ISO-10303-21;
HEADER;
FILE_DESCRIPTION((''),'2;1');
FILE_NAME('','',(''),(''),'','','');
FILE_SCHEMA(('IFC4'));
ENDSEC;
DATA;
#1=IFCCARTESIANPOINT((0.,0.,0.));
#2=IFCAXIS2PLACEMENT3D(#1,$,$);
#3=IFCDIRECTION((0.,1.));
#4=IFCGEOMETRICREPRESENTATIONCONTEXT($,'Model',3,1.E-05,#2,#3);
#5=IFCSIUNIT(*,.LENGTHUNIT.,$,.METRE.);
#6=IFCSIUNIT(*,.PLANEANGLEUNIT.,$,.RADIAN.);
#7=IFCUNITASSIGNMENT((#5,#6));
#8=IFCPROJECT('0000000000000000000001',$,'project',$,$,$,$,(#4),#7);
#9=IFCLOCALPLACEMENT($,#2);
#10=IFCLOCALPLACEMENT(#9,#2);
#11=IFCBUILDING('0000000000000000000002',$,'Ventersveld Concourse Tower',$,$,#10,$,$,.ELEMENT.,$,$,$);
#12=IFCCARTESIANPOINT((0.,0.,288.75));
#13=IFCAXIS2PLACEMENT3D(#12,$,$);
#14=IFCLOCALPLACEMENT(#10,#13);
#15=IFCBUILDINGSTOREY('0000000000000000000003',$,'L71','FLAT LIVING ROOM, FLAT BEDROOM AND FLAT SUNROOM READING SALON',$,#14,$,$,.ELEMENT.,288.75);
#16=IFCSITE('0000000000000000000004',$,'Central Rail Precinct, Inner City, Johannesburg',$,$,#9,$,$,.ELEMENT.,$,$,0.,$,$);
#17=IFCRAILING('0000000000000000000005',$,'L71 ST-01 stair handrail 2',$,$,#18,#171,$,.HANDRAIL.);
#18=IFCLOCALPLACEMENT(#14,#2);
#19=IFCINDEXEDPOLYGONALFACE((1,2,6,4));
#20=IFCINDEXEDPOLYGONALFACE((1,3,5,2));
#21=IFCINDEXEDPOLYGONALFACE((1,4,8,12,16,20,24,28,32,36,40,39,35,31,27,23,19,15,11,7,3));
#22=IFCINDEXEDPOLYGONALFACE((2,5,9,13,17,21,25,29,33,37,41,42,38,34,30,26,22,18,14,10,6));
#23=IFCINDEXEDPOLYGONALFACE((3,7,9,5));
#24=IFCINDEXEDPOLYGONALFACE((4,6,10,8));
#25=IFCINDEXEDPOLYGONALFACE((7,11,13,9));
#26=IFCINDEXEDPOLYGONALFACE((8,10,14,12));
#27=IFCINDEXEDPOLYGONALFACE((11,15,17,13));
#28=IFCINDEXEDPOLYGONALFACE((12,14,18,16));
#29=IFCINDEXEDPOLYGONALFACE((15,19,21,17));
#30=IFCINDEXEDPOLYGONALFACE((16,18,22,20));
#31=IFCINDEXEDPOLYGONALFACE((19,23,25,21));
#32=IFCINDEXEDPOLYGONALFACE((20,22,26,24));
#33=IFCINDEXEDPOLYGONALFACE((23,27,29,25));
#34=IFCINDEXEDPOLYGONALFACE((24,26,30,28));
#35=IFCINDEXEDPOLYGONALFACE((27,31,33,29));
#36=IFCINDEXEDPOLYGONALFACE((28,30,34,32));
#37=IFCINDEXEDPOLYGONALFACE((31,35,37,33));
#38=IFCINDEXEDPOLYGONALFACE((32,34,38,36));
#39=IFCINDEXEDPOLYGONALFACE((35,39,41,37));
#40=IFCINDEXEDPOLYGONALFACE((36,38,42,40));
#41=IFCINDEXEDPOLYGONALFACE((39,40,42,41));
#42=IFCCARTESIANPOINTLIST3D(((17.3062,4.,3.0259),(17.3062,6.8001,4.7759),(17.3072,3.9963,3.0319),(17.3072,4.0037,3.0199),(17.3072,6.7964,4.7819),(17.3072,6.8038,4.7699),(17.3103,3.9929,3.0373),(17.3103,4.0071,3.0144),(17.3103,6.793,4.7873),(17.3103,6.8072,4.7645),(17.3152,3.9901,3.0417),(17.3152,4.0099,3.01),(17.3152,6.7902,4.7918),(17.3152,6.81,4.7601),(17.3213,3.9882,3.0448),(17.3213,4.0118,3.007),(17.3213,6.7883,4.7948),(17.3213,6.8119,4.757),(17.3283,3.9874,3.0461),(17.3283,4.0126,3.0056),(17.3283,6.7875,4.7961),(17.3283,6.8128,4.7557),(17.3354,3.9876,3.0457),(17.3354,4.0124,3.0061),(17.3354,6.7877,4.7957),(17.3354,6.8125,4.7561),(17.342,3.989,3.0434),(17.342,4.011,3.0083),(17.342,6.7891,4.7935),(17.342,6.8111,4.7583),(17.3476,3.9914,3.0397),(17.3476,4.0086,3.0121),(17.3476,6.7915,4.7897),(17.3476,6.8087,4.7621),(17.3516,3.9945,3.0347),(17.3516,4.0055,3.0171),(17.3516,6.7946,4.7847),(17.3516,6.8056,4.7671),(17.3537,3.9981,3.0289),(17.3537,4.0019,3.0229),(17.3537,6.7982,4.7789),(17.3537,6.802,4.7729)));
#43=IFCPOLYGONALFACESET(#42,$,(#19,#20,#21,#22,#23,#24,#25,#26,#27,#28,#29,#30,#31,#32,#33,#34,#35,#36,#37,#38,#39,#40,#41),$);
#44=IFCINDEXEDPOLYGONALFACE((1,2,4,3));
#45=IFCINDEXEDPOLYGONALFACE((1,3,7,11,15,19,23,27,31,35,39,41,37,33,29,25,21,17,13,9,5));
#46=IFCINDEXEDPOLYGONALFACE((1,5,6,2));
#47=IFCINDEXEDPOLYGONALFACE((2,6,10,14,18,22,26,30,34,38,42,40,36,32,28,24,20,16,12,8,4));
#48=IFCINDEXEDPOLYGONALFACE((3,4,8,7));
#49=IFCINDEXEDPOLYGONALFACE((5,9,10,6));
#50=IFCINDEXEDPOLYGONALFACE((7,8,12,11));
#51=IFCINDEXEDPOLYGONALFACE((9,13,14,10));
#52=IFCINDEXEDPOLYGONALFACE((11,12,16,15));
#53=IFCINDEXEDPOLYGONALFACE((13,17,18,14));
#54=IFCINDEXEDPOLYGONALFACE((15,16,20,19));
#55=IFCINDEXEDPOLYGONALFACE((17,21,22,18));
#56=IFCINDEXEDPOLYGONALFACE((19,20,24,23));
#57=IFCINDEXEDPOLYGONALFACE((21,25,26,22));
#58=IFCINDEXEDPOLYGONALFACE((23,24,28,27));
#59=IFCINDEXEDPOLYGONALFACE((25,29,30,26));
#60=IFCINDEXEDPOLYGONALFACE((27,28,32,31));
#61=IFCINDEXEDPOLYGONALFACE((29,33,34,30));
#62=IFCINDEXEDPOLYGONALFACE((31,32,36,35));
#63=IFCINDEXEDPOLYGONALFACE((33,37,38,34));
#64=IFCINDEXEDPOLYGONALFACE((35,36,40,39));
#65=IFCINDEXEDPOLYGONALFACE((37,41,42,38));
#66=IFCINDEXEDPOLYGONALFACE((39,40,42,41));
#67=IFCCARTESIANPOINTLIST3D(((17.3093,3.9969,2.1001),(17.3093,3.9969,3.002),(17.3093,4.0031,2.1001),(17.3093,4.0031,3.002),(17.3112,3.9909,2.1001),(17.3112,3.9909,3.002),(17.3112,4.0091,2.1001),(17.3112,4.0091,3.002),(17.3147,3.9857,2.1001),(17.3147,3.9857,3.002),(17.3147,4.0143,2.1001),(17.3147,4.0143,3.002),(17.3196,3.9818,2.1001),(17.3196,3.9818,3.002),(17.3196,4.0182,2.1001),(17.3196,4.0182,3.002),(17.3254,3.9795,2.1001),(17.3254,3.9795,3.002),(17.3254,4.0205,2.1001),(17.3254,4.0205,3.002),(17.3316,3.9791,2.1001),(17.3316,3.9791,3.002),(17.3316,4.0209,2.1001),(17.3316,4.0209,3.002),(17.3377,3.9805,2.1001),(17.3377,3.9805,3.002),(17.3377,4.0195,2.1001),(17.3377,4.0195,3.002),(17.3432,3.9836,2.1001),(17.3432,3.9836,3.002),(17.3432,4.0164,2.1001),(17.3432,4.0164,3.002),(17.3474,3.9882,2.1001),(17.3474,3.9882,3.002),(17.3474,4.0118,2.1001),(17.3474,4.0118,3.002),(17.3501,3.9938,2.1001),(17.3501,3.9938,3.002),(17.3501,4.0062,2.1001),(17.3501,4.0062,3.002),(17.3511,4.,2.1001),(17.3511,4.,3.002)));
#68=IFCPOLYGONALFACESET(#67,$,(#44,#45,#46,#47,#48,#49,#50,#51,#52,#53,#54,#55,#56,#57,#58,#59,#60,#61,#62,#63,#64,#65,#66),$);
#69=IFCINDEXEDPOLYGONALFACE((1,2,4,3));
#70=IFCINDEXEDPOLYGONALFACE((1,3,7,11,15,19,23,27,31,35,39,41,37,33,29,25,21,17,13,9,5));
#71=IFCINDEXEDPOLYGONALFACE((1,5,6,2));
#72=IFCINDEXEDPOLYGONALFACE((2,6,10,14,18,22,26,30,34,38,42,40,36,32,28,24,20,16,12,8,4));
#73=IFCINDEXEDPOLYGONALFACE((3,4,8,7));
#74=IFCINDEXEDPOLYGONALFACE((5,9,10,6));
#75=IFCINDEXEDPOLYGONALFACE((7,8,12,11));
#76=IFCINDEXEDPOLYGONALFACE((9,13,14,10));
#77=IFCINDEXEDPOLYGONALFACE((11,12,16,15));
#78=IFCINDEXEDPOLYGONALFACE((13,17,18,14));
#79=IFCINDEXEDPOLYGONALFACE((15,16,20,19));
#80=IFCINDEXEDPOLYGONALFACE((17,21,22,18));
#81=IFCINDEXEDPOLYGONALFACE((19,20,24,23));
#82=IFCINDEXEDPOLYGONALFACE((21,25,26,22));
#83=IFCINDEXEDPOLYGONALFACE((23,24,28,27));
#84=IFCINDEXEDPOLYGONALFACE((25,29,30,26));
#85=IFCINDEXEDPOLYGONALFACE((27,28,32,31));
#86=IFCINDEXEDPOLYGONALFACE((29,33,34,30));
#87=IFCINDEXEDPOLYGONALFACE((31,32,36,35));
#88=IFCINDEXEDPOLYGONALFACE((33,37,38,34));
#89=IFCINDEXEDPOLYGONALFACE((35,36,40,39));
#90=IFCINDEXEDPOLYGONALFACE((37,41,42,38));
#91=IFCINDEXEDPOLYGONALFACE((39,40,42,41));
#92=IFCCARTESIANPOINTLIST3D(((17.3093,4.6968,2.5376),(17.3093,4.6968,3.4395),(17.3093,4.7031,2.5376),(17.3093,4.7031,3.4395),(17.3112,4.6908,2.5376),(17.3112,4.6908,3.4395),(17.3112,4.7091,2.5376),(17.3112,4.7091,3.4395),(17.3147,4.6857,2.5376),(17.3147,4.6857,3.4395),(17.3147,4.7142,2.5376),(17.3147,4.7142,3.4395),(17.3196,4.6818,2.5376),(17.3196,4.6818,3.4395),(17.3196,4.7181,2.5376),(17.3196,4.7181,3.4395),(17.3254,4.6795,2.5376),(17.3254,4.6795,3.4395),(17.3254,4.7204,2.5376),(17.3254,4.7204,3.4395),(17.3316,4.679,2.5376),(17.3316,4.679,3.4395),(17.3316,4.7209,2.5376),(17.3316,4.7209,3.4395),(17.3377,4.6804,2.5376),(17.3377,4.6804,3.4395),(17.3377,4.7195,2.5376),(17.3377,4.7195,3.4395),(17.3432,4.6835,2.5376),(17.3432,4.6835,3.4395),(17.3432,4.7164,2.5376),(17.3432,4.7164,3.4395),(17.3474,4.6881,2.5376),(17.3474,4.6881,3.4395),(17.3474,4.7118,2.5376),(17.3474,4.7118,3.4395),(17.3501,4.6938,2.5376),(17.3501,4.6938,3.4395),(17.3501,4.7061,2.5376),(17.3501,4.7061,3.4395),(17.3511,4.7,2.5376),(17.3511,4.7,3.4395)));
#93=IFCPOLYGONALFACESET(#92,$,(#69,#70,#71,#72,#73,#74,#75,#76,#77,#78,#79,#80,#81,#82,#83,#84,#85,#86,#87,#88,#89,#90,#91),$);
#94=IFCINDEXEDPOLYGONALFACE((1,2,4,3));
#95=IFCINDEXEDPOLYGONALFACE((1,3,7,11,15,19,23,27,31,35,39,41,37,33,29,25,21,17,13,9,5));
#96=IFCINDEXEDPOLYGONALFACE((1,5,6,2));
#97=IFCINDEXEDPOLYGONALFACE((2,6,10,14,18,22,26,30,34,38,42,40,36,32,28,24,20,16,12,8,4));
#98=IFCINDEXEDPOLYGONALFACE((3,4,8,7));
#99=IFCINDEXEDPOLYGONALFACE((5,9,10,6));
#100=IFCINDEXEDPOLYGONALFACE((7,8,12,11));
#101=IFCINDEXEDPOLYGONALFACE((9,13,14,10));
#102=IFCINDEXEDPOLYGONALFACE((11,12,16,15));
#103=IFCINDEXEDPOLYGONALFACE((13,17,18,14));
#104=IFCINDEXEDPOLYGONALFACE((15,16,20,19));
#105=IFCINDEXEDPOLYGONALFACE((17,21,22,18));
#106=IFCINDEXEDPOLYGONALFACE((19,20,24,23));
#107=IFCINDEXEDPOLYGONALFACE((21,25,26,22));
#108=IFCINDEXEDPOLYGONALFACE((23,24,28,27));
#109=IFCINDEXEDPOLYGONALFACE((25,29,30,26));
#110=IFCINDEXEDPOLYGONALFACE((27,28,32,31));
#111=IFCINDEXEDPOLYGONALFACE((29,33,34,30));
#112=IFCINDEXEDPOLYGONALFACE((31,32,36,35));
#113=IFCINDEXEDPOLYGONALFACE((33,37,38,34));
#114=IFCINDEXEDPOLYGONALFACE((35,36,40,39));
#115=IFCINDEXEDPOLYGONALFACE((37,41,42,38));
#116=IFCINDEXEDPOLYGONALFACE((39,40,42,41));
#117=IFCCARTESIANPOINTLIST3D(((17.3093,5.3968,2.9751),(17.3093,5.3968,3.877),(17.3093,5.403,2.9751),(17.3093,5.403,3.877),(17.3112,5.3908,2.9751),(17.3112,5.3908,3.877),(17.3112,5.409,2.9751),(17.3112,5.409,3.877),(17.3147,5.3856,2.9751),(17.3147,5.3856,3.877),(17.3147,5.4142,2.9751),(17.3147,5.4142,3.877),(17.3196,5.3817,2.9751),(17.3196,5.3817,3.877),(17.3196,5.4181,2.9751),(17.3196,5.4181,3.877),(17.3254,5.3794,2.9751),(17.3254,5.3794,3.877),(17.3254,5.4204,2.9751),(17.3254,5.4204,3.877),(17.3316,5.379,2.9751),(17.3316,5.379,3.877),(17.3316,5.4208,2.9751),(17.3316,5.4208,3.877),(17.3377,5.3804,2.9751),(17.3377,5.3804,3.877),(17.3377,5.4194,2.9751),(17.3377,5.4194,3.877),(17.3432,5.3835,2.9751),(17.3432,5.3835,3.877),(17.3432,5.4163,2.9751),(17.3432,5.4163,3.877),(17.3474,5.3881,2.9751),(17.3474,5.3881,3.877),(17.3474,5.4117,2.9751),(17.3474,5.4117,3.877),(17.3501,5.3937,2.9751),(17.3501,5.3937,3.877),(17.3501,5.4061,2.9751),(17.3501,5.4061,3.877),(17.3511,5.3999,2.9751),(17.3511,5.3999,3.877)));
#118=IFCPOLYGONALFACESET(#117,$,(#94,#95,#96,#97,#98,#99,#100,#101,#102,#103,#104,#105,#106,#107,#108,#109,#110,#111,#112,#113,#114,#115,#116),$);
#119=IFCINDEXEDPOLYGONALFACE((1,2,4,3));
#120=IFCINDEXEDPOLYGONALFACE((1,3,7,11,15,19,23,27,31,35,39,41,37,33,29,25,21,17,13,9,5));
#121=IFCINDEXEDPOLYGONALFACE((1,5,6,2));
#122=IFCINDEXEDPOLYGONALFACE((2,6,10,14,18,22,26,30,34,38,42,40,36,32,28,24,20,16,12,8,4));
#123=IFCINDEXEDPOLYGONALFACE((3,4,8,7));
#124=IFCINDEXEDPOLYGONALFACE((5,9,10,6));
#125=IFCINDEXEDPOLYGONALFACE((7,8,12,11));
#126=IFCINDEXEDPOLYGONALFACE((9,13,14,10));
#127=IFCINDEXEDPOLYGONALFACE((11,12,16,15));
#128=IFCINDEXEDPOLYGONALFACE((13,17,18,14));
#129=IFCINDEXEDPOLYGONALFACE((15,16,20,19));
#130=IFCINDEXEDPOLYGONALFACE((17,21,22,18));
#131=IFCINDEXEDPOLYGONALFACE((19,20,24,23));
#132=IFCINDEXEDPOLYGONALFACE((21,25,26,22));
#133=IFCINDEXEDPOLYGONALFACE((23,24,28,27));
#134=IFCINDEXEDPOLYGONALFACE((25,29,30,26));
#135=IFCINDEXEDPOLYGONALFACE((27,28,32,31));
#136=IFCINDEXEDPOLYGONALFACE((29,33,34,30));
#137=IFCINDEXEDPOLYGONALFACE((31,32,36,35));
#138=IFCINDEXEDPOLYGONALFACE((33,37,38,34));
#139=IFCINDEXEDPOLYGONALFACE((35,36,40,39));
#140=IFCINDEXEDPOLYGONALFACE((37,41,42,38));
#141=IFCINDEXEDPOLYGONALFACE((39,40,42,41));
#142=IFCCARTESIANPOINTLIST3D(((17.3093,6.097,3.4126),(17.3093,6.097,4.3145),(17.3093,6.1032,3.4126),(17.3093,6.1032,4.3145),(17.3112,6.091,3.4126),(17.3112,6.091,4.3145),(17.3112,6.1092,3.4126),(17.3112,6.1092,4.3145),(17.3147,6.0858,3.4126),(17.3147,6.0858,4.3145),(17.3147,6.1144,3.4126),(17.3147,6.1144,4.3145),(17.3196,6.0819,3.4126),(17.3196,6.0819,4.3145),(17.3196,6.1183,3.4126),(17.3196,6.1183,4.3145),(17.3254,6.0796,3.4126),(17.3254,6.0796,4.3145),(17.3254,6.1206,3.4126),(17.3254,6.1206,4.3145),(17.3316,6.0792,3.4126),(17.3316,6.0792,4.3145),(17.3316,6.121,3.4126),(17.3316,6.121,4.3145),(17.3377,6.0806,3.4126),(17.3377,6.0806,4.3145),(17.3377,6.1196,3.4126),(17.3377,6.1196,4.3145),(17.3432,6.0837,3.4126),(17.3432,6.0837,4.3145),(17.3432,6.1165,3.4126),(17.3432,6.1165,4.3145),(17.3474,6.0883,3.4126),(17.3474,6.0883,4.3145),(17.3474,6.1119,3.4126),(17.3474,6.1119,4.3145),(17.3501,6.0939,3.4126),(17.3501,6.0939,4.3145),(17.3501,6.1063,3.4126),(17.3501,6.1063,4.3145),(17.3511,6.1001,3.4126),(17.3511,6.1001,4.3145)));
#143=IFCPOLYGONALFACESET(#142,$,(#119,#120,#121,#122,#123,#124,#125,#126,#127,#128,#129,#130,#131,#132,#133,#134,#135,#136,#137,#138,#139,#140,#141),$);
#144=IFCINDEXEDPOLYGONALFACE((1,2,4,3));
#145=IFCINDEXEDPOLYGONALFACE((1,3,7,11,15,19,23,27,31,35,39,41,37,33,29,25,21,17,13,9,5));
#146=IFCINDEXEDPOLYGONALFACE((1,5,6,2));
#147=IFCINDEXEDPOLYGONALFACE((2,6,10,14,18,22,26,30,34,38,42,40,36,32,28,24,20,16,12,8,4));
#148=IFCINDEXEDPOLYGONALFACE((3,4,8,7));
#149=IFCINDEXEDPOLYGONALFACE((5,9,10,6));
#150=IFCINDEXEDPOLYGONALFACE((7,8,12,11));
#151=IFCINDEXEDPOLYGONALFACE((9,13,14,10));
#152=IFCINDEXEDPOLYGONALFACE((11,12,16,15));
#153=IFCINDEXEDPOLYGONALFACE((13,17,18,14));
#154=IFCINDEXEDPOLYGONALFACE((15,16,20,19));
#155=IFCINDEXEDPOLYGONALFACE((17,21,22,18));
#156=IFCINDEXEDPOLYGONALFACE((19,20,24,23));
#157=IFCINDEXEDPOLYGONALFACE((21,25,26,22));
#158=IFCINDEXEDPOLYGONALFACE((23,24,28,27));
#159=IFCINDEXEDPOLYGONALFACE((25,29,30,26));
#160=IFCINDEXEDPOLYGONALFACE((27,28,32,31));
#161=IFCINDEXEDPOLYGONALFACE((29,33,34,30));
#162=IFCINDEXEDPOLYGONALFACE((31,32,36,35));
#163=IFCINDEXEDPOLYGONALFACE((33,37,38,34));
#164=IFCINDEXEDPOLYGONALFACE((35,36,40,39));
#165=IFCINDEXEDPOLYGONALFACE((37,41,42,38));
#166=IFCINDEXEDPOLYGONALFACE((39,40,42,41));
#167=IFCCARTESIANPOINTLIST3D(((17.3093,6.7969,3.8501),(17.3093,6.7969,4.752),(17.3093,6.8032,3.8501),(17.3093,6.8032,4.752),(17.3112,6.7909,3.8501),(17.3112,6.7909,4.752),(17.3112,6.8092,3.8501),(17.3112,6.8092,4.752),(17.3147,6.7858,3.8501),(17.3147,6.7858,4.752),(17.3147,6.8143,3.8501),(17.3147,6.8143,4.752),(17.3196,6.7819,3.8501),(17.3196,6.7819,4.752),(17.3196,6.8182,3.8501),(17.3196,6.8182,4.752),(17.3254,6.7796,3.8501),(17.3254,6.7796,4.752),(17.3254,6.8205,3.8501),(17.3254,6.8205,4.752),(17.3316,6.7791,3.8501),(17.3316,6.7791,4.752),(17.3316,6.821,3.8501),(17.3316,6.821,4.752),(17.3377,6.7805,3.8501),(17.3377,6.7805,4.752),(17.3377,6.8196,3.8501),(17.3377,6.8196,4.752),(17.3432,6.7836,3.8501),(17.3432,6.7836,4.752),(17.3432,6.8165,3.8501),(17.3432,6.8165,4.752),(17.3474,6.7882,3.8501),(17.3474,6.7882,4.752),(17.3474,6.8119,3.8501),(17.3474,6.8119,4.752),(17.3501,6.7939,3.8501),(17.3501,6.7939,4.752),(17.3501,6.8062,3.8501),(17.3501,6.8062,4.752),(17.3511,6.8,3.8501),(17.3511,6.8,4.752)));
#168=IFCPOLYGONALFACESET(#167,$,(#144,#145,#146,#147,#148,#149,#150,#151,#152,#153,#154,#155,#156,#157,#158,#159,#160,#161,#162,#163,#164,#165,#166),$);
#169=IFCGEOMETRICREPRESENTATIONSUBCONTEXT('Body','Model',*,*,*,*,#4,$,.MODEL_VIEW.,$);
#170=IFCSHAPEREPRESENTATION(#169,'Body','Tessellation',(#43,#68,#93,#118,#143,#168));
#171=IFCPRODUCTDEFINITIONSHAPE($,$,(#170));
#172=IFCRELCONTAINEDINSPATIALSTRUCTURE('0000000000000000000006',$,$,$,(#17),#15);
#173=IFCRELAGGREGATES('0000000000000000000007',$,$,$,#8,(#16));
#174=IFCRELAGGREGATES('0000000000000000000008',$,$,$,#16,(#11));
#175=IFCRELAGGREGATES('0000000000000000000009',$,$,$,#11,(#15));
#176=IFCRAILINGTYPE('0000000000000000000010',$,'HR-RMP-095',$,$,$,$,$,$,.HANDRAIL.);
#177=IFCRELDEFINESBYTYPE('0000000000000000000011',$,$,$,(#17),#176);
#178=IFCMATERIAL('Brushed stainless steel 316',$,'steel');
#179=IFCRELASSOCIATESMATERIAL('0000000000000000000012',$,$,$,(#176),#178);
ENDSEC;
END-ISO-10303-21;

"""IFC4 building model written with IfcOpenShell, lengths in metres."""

from ifc_helpers import new_model, si_unit, direction, frame, origin, origin_2d, place, context, subcontext, project, spatial, circle, extrude, material, type_object, element, save


model = new_model("IFC4")

# Units and contexts
model_context = context("Model", 3, precision=1e-05, world=origin(), true_north=direction((0.0, 1.0)))
body_context = subcontext(model_context, "Body", "Model", "MODEL_VIEW")
ifc_project = project(units=[si_unit("LENGTHUNIT", "METRE"), si_unit("PLANEANGLEUNIT", "RADIAN")], contexts=[model_context])

# Site, building, storey
site_placement = place(None, origin())
site = spatial("IfcSite", under=ifc_project, at=site_placement, Name="Central Rail Precinct, Inner City, Johannesburg", CompositionType="ELEMENT", RefElevation=0.0)
building_placement = place(site_placement, origin())
building = spatial("IfcBuilding", under=site, at=building_placement, Name="Ventersveld Concourse Tower", CompositionType="ELEMENT")
storey_placement = place(building_placement, frame((0.0, 0.0, 288.75)))
storey = spatial("IfcBuildingStorey", under=building, at=storey_placement, Name="L71", Description="FLAT LIVING ROOM, FLAT BEDROOM AND FLAT SUNROOM READING SALON", CompositionType="ELEMENT", Elevation=288.75)

# Shared definitions
ifc_material_1 = material(Name="Brushed stainless steel 316", Category="steel")

# Railing
railing_type_1 = type_object("IfcRailingType", Name="HR-RMP-095", PredefinedType="HANDRAIL", material=ifc_material_1)
railing_1_placement = place(storey_placement, frame((17.3301, 4.0, 2.1001)))
element("IfcRailing", 1, at=railing_1_placement, inside=storey, type_object=railing_type_1, Name="L71 ST-01 stair handrail 2", PredefinedType="HANDRAIL", context=body_context, shape_type="SweptSolid", body=[
    extrude(circle(Radius=0.0239, at=origin_2d()), frame((0.0, 0.0, 0.9258), z_axis=(0.0, 0.848002, 0.529992), x_axis=(-1.0, 0.0, 0.0)), (0.0, 0.0, 1.0), 3.302),
    extrude(circle(Radius=0.021, at=origin_2d()), origin(), (0.0, 0.0, 1.0), 0.9019),
    extrude(circle(Radius=0.021, at=origin_2d()), frame((0.0, 0.7, 0.4375)), (0.0, 0.0, 1.0), 0.9019),
    extrude(circle(Radius=0.021, at=origin_2d()), frame((0.0, 1.3999, 0.875)), (0.0, 0.0, 1.0), 0.9019),
    extrude(circle(Radius=0.021, at=origin_2d()), frame((0.0, 2.1001, 1.3125)), (0.0, 0.0, 1.0), 0.9019),
    extrude(circle(Radius=0.021, at=origin_2d()), frame((0.0, 2.8, 1.75)), (0.0, 0.0, 1.0), 0.9019),
])

save(model, "model.ifc")
